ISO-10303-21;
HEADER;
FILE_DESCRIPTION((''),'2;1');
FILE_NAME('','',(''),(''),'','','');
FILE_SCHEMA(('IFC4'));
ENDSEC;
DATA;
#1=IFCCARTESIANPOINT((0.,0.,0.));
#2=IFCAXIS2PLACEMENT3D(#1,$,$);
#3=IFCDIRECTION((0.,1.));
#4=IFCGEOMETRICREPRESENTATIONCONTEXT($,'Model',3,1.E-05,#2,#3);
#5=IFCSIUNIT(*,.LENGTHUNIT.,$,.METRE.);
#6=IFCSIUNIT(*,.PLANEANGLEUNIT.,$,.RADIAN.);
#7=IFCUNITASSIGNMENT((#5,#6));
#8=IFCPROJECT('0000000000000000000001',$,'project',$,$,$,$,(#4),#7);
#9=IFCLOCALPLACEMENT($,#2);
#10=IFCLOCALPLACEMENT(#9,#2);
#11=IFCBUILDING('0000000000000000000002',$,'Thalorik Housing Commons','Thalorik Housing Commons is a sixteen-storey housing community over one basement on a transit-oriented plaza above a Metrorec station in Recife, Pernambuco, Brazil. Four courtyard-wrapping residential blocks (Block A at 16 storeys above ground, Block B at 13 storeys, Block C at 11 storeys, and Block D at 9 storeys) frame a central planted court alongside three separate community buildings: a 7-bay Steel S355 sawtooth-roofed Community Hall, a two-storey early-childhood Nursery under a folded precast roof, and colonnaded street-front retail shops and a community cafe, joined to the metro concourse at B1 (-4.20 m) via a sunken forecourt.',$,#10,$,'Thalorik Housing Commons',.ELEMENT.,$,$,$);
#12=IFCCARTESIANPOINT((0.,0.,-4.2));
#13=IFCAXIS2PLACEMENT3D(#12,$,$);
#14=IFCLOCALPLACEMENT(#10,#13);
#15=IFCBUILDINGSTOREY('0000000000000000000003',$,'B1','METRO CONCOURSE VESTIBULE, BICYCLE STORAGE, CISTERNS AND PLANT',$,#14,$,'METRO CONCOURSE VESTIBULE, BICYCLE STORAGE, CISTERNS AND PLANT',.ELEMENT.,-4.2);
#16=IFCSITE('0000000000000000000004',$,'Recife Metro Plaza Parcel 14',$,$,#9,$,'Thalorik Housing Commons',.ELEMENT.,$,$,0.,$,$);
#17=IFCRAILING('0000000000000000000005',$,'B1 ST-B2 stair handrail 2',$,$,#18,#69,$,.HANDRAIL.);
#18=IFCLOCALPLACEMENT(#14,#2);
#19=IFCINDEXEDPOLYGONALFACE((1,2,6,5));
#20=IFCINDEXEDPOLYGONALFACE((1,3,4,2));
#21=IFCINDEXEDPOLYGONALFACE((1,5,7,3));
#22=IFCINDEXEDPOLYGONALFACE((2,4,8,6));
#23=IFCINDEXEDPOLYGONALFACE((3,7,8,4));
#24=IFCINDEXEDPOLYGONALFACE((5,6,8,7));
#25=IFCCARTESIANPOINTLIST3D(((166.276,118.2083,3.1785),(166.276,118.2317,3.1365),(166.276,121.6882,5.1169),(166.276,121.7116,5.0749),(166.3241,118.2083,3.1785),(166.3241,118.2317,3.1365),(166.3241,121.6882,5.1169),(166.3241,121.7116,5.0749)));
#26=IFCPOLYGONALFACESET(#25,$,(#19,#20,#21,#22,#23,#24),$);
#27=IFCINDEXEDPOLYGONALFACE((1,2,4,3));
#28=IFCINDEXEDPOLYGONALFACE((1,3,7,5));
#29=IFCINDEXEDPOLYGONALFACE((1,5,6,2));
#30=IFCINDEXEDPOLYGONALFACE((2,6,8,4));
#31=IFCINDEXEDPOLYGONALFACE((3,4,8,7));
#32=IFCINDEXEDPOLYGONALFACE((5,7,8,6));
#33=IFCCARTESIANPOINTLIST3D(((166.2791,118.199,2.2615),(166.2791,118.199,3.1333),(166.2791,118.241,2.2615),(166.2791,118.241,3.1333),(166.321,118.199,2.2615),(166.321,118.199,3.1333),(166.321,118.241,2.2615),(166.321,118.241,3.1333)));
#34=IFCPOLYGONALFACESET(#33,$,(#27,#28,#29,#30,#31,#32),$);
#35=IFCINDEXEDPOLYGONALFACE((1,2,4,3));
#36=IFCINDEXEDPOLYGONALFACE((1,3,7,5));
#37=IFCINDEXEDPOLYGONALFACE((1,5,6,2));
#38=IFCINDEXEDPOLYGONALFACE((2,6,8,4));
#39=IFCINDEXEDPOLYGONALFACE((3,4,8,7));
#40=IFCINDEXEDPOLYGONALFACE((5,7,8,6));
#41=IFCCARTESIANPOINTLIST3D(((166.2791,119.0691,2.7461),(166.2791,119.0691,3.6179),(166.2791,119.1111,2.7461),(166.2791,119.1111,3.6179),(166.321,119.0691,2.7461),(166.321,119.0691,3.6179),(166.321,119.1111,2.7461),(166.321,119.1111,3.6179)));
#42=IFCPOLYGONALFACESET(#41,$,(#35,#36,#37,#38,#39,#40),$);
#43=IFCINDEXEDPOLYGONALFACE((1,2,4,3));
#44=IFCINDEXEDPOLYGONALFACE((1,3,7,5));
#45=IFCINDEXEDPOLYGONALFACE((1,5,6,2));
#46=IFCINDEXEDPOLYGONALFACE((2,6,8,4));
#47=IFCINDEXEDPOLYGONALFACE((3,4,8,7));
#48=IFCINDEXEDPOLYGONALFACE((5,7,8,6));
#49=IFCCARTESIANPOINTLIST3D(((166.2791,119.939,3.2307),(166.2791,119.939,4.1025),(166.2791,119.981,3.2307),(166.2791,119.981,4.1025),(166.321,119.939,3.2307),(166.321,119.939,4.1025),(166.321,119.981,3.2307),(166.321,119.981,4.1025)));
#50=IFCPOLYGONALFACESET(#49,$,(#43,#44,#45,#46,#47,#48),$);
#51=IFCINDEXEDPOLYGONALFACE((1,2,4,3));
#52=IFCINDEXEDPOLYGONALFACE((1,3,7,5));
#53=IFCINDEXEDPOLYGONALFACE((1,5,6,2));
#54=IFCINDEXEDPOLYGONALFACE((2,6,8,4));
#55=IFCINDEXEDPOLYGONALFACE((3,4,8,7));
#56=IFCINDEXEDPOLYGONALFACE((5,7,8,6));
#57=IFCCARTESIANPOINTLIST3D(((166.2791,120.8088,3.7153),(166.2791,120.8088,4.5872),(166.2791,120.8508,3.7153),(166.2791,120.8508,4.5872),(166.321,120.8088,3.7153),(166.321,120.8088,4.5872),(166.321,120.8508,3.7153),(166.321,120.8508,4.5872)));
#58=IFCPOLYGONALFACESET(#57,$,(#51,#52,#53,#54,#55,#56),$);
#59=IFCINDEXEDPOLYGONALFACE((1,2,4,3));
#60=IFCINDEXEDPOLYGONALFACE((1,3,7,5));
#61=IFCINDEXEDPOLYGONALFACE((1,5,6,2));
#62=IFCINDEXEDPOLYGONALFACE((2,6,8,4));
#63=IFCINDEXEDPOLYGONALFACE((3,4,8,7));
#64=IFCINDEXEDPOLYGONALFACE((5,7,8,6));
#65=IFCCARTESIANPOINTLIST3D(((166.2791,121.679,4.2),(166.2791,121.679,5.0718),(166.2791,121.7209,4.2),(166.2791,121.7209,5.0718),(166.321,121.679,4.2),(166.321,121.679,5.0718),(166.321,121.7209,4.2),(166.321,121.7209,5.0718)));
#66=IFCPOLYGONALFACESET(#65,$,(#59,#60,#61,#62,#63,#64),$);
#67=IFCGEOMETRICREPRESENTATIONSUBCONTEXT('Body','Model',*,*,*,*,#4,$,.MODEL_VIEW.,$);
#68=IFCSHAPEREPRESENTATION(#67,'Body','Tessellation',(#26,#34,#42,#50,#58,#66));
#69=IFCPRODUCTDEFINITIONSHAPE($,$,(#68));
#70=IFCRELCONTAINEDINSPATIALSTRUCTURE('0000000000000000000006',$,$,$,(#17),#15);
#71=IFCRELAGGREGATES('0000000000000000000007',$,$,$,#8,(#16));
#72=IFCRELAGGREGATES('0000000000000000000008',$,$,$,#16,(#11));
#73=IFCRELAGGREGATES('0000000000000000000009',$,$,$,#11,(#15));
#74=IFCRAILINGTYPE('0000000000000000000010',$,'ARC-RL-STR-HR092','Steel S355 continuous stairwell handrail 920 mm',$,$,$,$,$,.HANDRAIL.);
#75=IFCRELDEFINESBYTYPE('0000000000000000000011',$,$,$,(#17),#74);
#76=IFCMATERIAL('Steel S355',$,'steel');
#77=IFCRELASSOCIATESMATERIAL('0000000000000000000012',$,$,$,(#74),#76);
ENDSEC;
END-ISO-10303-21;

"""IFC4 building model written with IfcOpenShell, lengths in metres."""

from ifc_helpers import new_model, si_unit, direction, frame, origin, origin_2d, place, context, subcontext, project, spatial, rectangle, extrude, material, type_object, element, save


model = new_model("IFC4")

# Units and contexts
model_context = context("Model", 3, precision=1e-05, world=origin(), true_north=direction((0.0, 1.0)))
body_context = subcontext(model_context, "Body", "Model", "MODEL_VIEW")
ifc_project = project(units=[si_unit("LENGTHUNIT", "METRE"), si_unit("PLANEANGLEUNIT", "RADIAN")], contexts=[model_context])

# Site, building, storey
site_placement = place(None, origin())
site = spatial("IfcSite", under=ifc_project, at=site_placement, Name="Recife Metro Plaza Parcel 14", LongName="Thalorik Housing Commons", CompositionType="ELEMENT", RefElevation=0.0)
building_placement = place(site_placement, origin())
building = spatial("IfcBuilding", under=site, at=building_placement, Name="Thalorik Housing Commons", Description="Thalorik Housing Commons is a sixteen-storey housing community over one basement on a transit-oriented plaza above a Metrorec station in Recife, Pernambuco, Brazil. Four courtyard-wrapping residential blocks (Block A at 16 storeys above ground, Block B at 13 storeys, Block C at 11 storeys, and Block D at 9 storeys) frame a central planted court alongside three separate community buildings: a 7-bay Steel S355 sawtooth-roofed Community Hall, a two-storey early-childhood Nursery under a folded precast roof, and colonnaded street-front retail shops and a community cafe, joined to the metro concourse at B1 (-4.20 m) via a sunken forecourt.", LongName="Thalorik Housing Commons", CompositionType="ELEMENT")
storey_placement = place(building_placement, frame((0.0, 0.0, -4.2)))
storey = spatial("IfcBuildingStorey", under=building, at=storey_placement, Name="B1", Description="METRO CONCOURSE VESTIBULE, BICYCLE STORAGE, CISTERNS AND PLANT", LongName="METRO CONCOURSE VESTIBULE, BICYCLE STORAGE, CISTERNS AND PLANT", CompositionType="ELEMENT", Elevation=-4.2)

# Railing
ifc_material_1 = material(Name="Steel S355", Category="steel")
railing_type_1 = type_object("IfcRailingType", Name="ARC-RL-STR-HR092", Description="Steel S355 continuous stairwell handrail 920 mm", PredefinedType="HANDRAIL", material=ifc_material_1)
railing_1_placement = place(storey_placement, frame((166.3, 118.22, 2.2615)))
element("IfcRailing", 1, at=railing_1_placement, inside=storey, type_object=railing_type_1, Name="B1 ST-B2 stair handrail 2", PredefinedType="HANDRAIL", context=body_context, shape_type="SweptSolid", body=[
    extrude(rectangle(XDim=0.0481, YDim=0.0481, at=origin_2d()), frame((0.0, 0.0, 0.896), z_axis=(0.0, 0.873607, 0.486631), x_axis=(-1.0, 0.0, 0.0)), (0.0, 0.0, 1.0), 3.9834),
    extrude(rectangle(XDim=0.042, YDim=0.042, at=origin_2d()), origin(), (0.0, 0.0, 1.0), 0.8718),
    extrude(rectangle(XDim=0.042, YDim=0.042, at=origin_2d()), frame((0.0, 0.8701, 0.4846)), (0.0, 0.0, 1.0), 0.8718),
    extrude(rectangle(XDim=0.042, YDim=0.042, at=origin_2d()), frame((0.0, 1.74, 0.9692)), (0.0, 0.0, 1.0), 0.8718),
    extrude(rectangle(XDim=0.042, YDim=0.042, at=origin_2d()), frame((0.0, 2.6099, 1.4539)), (0.0, 0.0, 1.0), 0.8718),
    extrude(rectangle(XDim=0.042, YDim=0.042, at=origin_2d()), frame((0.0, 3.48, 1.9385)), (0.0, 0.0, 1.0), 0.8718),
])

save(model, "model.ifc")
